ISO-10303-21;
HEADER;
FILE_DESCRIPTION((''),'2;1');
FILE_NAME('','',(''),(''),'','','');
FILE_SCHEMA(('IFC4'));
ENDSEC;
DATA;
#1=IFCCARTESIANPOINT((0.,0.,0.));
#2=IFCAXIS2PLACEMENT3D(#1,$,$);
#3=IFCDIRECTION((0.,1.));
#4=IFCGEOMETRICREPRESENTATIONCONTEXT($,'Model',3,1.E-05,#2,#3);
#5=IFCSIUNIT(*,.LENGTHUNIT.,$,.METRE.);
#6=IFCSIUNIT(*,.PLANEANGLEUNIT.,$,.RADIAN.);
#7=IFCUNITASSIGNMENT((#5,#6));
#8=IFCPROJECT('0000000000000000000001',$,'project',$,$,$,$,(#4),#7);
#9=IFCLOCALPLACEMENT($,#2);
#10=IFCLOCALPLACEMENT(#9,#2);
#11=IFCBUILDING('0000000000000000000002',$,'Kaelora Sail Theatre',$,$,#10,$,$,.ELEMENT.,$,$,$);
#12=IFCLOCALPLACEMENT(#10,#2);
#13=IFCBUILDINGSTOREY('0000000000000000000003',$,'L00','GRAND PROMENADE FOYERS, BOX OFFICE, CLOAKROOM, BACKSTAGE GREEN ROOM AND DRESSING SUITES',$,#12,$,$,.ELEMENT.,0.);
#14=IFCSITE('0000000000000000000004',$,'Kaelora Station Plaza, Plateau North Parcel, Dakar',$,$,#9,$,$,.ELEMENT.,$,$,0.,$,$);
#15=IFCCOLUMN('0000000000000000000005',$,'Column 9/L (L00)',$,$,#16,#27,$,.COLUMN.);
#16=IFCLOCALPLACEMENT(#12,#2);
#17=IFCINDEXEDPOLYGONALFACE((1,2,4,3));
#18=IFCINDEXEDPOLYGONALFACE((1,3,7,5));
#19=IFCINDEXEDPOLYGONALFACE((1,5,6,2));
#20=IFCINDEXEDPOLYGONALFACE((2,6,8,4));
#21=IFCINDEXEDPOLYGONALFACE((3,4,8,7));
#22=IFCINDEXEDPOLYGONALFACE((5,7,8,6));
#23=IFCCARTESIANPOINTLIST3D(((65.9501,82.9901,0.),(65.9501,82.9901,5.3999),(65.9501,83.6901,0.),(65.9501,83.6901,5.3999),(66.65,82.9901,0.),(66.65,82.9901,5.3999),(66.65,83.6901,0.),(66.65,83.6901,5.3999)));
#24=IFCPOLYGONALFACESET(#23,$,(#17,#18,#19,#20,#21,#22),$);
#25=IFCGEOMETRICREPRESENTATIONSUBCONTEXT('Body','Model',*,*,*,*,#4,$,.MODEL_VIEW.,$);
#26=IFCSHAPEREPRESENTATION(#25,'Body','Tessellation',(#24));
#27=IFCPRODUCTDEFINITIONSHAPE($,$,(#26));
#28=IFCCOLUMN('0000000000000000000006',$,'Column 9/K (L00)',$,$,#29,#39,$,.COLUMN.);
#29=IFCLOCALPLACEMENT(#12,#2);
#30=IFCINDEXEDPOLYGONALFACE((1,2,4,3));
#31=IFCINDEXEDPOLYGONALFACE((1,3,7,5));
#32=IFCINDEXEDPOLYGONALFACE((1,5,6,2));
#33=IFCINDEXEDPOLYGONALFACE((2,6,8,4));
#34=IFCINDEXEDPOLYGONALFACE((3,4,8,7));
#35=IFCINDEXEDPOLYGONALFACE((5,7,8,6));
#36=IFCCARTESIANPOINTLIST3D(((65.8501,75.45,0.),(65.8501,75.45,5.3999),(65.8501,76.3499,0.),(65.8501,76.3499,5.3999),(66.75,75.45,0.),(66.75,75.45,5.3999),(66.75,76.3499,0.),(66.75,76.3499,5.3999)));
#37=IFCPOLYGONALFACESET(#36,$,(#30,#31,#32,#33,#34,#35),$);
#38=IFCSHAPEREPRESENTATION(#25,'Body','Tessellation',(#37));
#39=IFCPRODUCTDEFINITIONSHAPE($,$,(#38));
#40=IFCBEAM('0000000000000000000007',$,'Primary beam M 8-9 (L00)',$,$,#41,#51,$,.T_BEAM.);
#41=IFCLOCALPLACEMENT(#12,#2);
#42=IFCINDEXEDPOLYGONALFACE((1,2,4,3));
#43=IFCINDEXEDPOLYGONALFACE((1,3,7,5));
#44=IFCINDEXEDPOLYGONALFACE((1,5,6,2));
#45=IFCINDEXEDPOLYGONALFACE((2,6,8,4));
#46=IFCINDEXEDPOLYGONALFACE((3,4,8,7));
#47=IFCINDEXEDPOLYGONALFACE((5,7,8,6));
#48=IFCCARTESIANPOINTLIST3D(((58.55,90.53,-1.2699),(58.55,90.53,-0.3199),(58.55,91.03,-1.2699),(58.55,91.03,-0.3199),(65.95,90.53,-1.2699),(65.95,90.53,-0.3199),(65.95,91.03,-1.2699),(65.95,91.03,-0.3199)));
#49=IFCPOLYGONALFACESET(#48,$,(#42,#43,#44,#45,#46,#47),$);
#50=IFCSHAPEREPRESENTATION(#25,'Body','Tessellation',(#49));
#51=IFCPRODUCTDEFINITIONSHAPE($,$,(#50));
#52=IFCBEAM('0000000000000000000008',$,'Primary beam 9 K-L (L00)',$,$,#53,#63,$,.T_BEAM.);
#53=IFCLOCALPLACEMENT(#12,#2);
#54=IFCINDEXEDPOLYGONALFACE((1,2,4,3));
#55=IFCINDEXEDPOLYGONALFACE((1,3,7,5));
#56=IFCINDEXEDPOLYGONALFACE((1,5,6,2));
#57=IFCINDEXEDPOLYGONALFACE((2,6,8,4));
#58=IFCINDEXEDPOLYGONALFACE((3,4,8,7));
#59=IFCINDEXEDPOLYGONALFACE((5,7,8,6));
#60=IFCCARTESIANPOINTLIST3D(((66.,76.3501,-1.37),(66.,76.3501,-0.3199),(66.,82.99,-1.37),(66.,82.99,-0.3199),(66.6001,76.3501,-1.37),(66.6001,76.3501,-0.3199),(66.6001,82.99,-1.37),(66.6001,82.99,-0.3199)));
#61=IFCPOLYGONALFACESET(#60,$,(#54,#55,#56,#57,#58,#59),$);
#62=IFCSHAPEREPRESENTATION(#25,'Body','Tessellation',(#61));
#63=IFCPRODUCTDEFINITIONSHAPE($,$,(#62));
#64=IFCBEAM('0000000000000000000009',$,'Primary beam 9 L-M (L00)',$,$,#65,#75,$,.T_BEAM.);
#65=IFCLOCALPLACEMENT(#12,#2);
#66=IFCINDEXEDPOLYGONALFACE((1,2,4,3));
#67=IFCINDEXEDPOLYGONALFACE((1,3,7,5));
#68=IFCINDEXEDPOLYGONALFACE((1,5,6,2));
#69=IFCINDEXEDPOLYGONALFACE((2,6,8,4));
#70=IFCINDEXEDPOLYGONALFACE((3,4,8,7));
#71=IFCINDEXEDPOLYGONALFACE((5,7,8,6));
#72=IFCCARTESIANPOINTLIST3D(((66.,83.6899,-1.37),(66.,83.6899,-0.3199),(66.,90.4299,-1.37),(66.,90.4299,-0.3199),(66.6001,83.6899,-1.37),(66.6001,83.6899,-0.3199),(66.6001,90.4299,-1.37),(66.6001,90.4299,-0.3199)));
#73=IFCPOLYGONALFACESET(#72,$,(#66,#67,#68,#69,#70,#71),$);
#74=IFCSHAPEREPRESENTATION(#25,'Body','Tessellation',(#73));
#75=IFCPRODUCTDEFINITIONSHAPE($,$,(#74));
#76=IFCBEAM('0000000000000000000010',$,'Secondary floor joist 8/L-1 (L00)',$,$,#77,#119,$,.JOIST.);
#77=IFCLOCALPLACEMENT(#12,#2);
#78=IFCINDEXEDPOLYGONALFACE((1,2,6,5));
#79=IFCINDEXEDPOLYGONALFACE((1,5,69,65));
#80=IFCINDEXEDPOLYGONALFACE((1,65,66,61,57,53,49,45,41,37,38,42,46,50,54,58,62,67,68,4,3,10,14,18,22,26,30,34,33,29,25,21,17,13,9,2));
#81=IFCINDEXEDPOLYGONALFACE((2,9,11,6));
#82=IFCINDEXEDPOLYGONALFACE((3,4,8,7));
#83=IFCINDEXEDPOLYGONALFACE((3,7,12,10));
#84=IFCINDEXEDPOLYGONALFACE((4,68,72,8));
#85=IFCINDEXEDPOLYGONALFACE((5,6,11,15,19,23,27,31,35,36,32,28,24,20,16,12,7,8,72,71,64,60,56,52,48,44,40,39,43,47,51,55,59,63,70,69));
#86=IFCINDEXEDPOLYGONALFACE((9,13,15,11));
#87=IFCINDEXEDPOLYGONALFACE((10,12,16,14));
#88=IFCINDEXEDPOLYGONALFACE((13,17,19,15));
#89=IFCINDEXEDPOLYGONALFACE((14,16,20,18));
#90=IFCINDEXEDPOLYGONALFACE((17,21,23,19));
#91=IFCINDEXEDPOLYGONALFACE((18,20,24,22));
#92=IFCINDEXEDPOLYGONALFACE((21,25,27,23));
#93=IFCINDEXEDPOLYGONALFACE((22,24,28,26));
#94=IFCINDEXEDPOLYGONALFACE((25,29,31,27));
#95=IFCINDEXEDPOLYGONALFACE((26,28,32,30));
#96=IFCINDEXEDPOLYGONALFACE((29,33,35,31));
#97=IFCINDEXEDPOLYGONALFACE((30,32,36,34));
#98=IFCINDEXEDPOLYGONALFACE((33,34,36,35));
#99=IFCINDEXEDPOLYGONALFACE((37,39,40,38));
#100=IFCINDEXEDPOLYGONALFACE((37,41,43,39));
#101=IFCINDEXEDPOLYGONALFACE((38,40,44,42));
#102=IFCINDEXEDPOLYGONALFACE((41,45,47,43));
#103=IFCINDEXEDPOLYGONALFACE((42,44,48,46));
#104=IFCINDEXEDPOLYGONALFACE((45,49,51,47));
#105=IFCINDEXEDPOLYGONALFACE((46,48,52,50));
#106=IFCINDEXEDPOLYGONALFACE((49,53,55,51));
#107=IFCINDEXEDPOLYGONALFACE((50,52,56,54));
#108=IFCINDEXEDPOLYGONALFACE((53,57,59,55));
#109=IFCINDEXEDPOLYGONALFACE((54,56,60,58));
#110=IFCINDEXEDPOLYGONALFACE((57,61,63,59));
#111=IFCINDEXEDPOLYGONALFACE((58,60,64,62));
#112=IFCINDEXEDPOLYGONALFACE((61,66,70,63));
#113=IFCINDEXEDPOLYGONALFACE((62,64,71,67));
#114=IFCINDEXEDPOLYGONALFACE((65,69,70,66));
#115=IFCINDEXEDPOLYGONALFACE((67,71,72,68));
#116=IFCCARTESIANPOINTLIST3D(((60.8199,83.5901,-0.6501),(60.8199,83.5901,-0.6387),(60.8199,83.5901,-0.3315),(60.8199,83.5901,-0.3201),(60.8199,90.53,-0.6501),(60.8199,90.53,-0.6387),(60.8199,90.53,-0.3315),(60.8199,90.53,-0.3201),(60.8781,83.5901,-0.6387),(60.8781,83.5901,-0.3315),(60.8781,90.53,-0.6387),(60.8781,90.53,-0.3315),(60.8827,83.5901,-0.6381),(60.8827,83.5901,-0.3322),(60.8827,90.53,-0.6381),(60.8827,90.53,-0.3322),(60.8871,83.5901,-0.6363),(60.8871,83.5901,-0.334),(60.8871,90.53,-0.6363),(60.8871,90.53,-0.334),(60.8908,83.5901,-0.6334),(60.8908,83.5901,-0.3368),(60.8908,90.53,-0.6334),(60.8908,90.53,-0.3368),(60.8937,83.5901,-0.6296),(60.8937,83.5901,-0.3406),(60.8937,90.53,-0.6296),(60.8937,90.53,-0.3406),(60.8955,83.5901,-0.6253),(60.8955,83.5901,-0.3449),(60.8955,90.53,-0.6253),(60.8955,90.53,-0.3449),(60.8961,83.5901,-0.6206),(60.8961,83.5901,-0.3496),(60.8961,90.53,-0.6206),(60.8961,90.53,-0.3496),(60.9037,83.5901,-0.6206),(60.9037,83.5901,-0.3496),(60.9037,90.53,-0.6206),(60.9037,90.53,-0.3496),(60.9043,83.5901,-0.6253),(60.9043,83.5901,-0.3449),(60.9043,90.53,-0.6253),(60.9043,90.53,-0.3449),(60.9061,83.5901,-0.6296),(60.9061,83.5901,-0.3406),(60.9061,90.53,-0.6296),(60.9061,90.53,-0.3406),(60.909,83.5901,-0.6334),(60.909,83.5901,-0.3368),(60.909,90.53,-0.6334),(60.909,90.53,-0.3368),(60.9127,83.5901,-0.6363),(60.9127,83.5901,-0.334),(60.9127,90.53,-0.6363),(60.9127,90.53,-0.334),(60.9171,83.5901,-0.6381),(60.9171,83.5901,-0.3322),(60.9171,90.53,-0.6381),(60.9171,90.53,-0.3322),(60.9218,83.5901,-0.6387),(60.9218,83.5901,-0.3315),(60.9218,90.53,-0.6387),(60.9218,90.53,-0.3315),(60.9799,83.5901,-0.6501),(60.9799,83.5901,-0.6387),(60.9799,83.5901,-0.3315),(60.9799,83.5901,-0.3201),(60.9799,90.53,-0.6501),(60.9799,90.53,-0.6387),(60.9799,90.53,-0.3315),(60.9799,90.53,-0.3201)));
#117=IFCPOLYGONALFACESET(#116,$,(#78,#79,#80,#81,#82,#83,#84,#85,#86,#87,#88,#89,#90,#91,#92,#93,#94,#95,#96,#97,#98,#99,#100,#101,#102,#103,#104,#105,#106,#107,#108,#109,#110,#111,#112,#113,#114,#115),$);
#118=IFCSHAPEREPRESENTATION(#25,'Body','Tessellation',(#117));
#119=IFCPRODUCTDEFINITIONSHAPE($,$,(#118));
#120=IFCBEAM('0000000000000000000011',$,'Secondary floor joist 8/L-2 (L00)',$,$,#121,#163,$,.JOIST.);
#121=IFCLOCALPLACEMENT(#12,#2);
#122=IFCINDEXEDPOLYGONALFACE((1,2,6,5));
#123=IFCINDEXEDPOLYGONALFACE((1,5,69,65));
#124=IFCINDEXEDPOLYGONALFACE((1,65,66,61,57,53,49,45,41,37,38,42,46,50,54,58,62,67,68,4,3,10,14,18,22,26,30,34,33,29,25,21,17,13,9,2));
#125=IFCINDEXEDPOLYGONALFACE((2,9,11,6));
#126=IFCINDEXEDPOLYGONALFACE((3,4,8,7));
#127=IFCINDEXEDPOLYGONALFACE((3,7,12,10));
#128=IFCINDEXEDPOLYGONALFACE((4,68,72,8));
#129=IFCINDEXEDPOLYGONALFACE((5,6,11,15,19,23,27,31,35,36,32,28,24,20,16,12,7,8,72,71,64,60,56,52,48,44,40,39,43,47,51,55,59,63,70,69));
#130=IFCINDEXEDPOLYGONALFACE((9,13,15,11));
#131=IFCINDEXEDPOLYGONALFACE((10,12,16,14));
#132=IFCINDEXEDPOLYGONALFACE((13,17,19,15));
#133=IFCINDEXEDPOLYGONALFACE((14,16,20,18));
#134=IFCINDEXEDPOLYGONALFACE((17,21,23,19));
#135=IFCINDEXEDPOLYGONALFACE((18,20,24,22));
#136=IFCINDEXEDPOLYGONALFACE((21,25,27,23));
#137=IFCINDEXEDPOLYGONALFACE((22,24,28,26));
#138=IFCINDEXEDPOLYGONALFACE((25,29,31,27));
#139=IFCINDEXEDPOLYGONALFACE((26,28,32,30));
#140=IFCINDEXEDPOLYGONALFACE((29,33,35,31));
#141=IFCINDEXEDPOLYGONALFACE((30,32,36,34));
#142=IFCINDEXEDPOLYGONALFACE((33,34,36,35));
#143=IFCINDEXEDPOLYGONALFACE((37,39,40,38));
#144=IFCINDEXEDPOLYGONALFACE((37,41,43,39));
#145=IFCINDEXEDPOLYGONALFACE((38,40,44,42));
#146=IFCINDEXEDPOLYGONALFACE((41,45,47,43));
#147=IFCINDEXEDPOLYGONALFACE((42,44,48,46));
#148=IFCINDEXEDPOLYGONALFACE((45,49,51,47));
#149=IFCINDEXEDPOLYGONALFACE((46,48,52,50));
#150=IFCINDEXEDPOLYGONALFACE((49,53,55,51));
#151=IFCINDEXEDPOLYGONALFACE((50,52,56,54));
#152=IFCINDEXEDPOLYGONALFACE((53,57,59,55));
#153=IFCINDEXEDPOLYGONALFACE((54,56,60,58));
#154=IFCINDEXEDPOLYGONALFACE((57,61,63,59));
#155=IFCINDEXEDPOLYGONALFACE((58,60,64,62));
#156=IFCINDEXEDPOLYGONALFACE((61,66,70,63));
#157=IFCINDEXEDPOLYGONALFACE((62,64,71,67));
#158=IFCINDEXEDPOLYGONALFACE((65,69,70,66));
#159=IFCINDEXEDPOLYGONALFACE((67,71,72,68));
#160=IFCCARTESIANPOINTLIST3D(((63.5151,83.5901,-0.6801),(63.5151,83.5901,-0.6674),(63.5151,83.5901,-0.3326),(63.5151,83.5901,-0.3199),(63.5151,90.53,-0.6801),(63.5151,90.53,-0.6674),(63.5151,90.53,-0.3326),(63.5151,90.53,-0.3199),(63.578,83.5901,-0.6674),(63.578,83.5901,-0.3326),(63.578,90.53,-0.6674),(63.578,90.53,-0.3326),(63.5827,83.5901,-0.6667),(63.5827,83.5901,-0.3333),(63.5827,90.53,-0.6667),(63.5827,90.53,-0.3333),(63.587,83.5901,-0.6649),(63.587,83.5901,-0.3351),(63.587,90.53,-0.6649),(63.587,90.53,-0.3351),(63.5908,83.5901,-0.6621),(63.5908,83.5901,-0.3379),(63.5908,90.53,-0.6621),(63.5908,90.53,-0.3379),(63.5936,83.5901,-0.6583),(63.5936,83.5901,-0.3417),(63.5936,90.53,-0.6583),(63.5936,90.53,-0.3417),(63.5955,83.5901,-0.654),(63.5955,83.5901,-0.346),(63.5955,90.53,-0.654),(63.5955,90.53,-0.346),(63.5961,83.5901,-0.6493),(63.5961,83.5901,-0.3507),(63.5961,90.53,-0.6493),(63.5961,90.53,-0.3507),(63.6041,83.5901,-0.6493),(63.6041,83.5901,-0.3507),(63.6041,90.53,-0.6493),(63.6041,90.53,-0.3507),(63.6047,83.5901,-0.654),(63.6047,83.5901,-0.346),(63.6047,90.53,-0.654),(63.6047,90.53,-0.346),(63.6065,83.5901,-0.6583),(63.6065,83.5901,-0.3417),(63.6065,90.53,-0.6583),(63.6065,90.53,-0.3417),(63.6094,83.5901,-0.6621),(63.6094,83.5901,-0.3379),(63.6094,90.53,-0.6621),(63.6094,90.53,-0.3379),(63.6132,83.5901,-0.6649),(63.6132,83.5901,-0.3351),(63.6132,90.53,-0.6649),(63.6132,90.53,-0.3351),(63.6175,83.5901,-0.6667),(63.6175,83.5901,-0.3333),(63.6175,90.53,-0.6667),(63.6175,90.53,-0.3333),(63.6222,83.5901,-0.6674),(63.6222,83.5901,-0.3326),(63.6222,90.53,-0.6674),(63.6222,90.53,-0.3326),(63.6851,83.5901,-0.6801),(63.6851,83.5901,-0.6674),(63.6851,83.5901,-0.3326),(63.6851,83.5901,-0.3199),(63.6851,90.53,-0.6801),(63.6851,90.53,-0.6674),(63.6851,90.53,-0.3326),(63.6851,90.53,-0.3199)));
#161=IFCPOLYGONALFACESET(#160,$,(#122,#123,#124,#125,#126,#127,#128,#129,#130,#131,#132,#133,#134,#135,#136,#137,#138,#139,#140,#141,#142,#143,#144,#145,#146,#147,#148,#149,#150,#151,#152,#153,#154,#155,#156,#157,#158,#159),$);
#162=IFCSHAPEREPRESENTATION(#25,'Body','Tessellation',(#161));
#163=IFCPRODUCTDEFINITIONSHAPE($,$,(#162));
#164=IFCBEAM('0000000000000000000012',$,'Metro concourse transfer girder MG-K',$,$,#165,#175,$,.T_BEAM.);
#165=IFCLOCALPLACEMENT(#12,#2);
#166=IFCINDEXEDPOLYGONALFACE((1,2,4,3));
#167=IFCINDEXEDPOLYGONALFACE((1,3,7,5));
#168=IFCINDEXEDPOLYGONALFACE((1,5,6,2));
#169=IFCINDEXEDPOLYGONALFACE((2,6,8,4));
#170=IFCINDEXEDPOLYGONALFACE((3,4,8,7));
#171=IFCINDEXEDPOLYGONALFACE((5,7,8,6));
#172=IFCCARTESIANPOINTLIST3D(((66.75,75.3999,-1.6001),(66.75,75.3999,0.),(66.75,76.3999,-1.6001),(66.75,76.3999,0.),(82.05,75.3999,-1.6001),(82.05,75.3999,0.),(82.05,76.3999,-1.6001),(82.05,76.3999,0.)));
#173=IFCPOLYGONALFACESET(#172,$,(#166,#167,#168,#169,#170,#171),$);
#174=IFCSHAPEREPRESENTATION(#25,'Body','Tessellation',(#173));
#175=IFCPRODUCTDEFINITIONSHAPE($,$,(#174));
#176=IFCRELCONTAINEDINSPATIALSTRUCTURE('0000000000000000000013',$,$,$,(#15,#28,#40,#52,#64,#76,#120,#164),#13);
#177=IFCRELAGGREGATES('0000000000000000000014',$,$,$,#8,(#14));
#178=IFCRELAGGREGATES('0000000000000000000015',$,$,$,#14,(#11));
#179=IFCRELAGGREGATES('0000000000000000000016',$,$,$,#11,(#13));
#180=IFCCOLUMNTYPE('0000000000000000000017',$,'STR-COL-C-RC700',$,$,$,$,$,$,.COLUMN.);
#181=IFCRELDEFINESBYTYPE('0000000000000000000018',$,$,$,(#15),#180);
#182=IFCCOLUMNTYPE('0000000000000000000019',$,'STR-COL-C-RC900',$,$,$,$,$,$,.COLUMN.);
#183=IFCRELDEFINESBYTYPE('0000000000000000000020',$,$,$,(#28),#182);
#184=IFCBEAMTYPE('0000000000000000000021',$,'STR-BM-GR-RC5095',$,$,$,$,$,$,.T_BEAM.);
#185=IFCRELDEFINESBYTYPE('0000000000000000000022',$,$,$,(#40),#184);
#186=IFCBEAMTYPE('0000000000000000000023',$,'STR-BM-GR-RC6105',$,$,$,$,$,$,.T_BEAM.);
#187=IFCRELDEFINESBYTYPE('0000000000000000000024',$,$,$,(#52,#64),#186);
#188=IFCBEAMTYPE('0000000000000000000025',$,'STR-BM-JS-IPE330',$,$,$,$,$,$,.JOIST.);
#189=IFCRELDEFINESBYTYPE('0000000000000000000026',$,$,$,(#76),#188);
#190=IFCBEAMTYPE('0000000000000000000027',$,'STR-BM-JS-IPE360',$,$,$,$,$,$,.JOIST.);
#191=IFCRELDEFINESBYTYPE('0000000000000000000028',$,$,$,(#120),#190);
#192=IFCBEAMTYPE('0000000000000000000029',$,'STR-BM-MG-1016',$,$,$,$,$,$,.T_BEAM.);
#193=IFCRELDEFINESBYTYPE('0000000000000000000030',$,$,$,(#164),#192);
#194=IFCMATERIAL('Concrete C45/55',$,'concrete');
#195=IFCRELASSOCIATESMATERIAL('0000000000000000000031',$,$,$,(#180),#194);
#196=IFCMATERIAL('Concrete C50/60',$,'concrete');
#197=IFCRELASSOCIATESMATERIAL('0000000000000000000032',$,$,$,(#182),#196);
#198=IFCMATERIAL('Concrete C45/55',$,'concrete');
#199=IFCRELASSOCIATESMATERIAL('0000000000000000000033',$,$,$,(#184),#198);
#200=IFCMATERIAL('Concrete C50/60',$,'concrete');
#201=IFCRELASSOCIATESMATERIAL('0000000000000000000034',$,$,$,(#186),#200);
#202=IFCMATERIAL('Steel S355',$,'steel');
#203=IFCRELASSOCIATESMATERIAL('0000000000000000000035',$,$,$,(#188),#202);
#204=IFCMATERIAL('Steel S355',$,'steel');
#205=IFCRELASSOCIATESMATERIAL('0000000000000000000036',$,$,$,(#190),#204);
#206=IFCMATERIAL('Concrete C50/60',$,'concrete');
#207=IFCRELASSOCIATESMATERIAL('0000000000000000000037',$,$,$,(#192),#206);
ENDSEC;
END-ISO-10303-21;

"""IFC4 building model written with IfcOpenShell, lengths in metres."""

from ifc_helpers import new_model, si_unit, direction, frame, origin, origin_2d, place, context, subcontext, project, spatial, rectangle, i_section, extrude, material, material_profile, profile_set, type_object, element, save


model = new_model("IFC4")

# Units and contexts
model_context = context("Model", 3, precision=1e-05, world=origin(), true_north=direction((0.0, 1.0)))
body_context = subcontext(model_context, "Body", "Model", "MODEL_VIEW")
ifc_project = project(units=[si_unit("LENGTHUNIT", "METRE"), si_unit("PLANEANGLEUNIT", "RADIAN")], contexts=[model_context])

# Site, building, storey
site_placement = place(None, origin())
site = spatial("IfcSite", under=ifc_project, at=site_placement, Name="Kaelora Station Plaza, Plateau North Parcel, Dakar", CompositionType="ELEMENT", RefElevation=0.0)
building_placement = place(site_placement, origin())
building = spatial("IfcBuilding", under=site, at=building_placement, Name="Kaelora Sail Theatre", CompositionType="ELEMENT")
storey_placement = place(building_placement, origin())
storey = spatial("IfcBuildingStorey", under=building, at=storey_placement, Name="L00", Description="GRAND PROMENADE FOYERS, BOX OFFICE, CLOAKROOM, BACKSTAGE GREEN ROOM AND DRESSING SUITES", CompositionType="ELEMENT", Elevation=0.0)

# Columns
ifc_material_1 = material(Name="Concrete C45/55", Category="concrete")
ifc_material_profile_1 = material_profile(ifc_material_1, rectangle(XDim=0.7, YDim=0.7, at=origin_2d()), Name="RC-COL 700x700")
ifc_profile_set_1 = profile_set([ifc_material_profile_1], Name="Concrete C45/55")
column_type_1 = type_object("IfcColumnType", Name="STR-COL-C-RC700", PredefinedType="COLUMN", material=ifc_profile_set_1)
column_1_placement = place(storey_placement, frame((66.3, 83.3401, 0.0), z_axis=(0.0, 0.0, 1.0), x_axis=(1.0, 0.0, 0.0)))
element("IfcColumn", 1, at=column_1_placement, inside=storey, type_object=column_type_1, Name="Column 9/L (L00)", PredefinedType="COLUMN", context=body_context, shape_type="SweptSolid", body=[
    extrude(rectangle(XDim=0.7, YDim=0.7, at=origin_2d()), origin(), (0.0, 0.0, 1.0), 5.3999),
])
ifc_material_2 = material(Name="Concrete C50/60", Category="concrete")
ifc_material_profile_2 = material_profile(ifc_material_2, rectangle(XDim=0.8999, YDim=0.8999, at=origin_2d()), Name="RC-COL 900x900")
ifc_profile_set_2 = profile_set([ifc_material_profile_2], Name="Concrete C50/60")
column_type_2 = type_object("IfcColumnType", Name="STR-COL-C-RC900", PredefinedType="COLUMN", material=ifc_profile_set_2)
column_2_placement = place(storey_placement, frame((66.3, 75.8999, 0.0), z_axis=(0.0, 0.0, 1.0), x_axis=(1.0, 0.0, 0.0)))
element("IfcColumn", 2, at=column_2_placement, inside=storey, type_object=column_type_2, Name="Column 9/K (L00)", PredefinedType="COLUMN", context=body_context, shape_type="SweptSolid", body=[
    extrude(rectangle(XDim=0.8999, YDim=0.8999, at=origin_2d()), origin(), (0.0, 0.0, 1.0), 5.3999),
])

# Beams
ifc_material_3 = material(Name="Concrete C45/55", Category="concrete")
ifc_material_profile_3 = material_profile(ifc_material_3, rectangle(XDim=0.5, YDim=0.95, at=origin_2d()), Name="RC-GRD 500x950")
ifc_profile_set_3 = profile_set([ifc_material_profile_3], Name="Concrete C45/55")
beam_type_1 = type_object("IfcBeamType", Name="STR-BM-GR-RC5095", PredefinedType="T_BEAM", material=ifc_profile_set_3)
beam_1_placement = place(storey_placement, frame((58.55, 90.78, -0.7949), z_axis=(1.0, 0.0, 0.0), x_axis=(0.0, 1.0, 0.0)))
element("IfcBeam", 3, at=beam_1_placement, inside=storey, type_object=beam_type_1, Name="Primary beam M 8-9 (L00)", PredefinedType="T_BEAM", context=body_context, shape_type="SweptSolid", body=[
    extrude(rectangle(XDim=0.5, YDim=0.95, at=origin_2d()), origin(), (0.0, 0.0, 1.0), 7.3999),
])
ifc_material_4 = material(Name="Concrete C50/60", Category="concrete")
ifc_material_profile_4 = material_profile(ifc_material_4, rectangle(XDim=0.6001, YDim=1.05, at=origin_2d()), Name="RC-GRD 600x1050")
ifc_profile_set_4 = profile_set([ifc_material_profile_4], Name="Concrete C50/60")
beam_type_2 = type_object("IfcBeamType", Name="STR-BM-GR-RC6105", PredefinedType="T_BEAM", material=ifc_profile_set_4)
beam_2_placement = place(storey_placement, frame((66.3, 76.3501, -0.845), z_axis=(0.0, 1.0, 0.0), x_axis=(-1.0, 0.0, 0.0)))
element("IfcBeam", 4, at=beam_2_placement, inside=storey, type_object=beam_type_2, Name="Primary beam 9 K-L (L00)", PredefinedType="T_BEAM", context=body_context, shape_type="SweptSolid", body=[
    extrude(rectangle(XDim=0.6001, YDim=1.05, at=origin_2d()), origin(), (0.0, 0.0, 1.0), 6.6399),
])
beam_3_placement = place(storey_placement, frame((66.3, 83.6899, -0.845), z_axis=(0.0, 1.0, 0.0), x_axis=(-1.0, 0.0, 0.0)))
element("IfcBeam", 5, at=beam_3_placement, inside=storey, type_object=beam_type_2, Name="Primary beam 9 L-M (L00)", PredefinedType="T_BEAM", context=body_context, shape_type="SweptSolid", body=[
    extrude(rectangle(XDim=0.6001, YDim=1.05, at=origin_2d()), origin(), (0.0, 0.0, 1.0), 6.74),
])
ifc_material_5 = material(Name="Steel S355", Category="steel")
ifc_material_profile_5 = material_profile(ifc_material_5, i_section(OverallWidth=0.1599, OverallDepth=0.3301, WebThickness=0.0076, FlangeThickness=0.0115, FilletRadius=0.0181, at=origin_2d()), Name="IPE 330")
ifc_profile_set_5 = profile_set([ifc_material_profile_5], Name="Steel S355")
beam_type_3 = type_object("IfcBeamType", Name="STR-BM-JS-IPE330", PredefinedType="JOIST", material=ifc_profile_set_5)
beam_4_placement = place(storey_placement, frame((60.8999, 83.5901, -0.4851), z_axis=(0.0, 1.0, 0.0), x_axis=(-1.0, 0.0, 0.0)))
element("IfcBeam", 6, at=beam_4_placement, inside=storey, type_object=beam_type_3, Name="Secondary floor joist 8/L-1 (L00)", PredefinedType="JOIST", context=body_context, shape_type="SweptSolid", body=[
    extrude(i_section(OverallWidth=0.1599, OverallDepth=0.3301, WebThickness=0.0076, FlangeThickness=0.0115, FilletRadius=0.0181, at=origin_2d()), origin(), (0.0, 0.0, 1.0), 6.9399),
])
ifc_material_6 = material(Name="Steel S355", Category="steel")
ifc_material_profile_6 = material_profile(ifc_material_6, i_section(OverallWidth=0.1699, OverallDepth=0.3601, WebThickness=0.0081, FlangeThickness=0.0127, FilletRadius=0.0181, at=origin_2d()), Name="IPE 360")
ifc_profile_set_6 = profile_set([ifc_material_profile_6], Name="Steel S355")
beam_type_4 = type_object("IfcBeamType", Name="STR-BM-JS-IPE360", PredefinedType="JOIST", material=ifc_profile_set_6)
beam_5_placement = place(storey_placement, frame((63.6001, 83.5901, -0.5), z_axis=(0.0, 1.0, 0.0), x_axis=(-1.0, 0.0, 0.0)))
element("IfcBeam", 7, at=beam_5_placement, inside=storey, type_object=beam_type_4, Name="Secondary floor joist 8/L-2 (L00)", PredefinedType="JOIST", context=body_context, shape_type="SweptSolid", body=[
    extrude(i_section(OverallWidth=0.1699, OverallDepth=0.3601, WebThickness=0.0081, FlangeThickness=0.0127, FilletRadius=0.0181, at=origin_2d()), origin(), (0.0, 0.0, 1.0), 6.9399),
])
ifc_material_7 = material(Name="Concrete C50/60", Category="concrete")
ifc_material_profile_7 = material_profile(ifc_material_7, rectangle(XDim=1.0, YDim=1.6001, at=origin_2d()), Name="RC-TG 1000x1600")
ifc_profile_set_7 = profile_set([ifc_material_profile_7], Name="Concrete C50/60")
beam_type_5 = type_object("IfcBeamType", Name="STR-BM-MG-1016", PredefinedType="T_BEAM", material=ifc_profile_set_7)
beam_6_placement = place(storey_placement, frame((66.75, 75.8999, -0.8), z_axis=(1.0, 0.0, 0.0), x_axis=(0.0, 1.0, 0.0)))
element("IfcBeam", 8, at=beam_6_placement, inside=storey, type_object=beam_type_5, Name="Metro concourse transfer girder MG-K", PredefinedType="T_BEAM", context=body_context, shape_type="SweptSolid", body=[
    extrude(rectangle(XDim=1.0, YDim=1.6001, at=origin_2d()), origin(), (0.0, 0.0, 1.0), 15.3),
])

save(model, "model.ifc")
